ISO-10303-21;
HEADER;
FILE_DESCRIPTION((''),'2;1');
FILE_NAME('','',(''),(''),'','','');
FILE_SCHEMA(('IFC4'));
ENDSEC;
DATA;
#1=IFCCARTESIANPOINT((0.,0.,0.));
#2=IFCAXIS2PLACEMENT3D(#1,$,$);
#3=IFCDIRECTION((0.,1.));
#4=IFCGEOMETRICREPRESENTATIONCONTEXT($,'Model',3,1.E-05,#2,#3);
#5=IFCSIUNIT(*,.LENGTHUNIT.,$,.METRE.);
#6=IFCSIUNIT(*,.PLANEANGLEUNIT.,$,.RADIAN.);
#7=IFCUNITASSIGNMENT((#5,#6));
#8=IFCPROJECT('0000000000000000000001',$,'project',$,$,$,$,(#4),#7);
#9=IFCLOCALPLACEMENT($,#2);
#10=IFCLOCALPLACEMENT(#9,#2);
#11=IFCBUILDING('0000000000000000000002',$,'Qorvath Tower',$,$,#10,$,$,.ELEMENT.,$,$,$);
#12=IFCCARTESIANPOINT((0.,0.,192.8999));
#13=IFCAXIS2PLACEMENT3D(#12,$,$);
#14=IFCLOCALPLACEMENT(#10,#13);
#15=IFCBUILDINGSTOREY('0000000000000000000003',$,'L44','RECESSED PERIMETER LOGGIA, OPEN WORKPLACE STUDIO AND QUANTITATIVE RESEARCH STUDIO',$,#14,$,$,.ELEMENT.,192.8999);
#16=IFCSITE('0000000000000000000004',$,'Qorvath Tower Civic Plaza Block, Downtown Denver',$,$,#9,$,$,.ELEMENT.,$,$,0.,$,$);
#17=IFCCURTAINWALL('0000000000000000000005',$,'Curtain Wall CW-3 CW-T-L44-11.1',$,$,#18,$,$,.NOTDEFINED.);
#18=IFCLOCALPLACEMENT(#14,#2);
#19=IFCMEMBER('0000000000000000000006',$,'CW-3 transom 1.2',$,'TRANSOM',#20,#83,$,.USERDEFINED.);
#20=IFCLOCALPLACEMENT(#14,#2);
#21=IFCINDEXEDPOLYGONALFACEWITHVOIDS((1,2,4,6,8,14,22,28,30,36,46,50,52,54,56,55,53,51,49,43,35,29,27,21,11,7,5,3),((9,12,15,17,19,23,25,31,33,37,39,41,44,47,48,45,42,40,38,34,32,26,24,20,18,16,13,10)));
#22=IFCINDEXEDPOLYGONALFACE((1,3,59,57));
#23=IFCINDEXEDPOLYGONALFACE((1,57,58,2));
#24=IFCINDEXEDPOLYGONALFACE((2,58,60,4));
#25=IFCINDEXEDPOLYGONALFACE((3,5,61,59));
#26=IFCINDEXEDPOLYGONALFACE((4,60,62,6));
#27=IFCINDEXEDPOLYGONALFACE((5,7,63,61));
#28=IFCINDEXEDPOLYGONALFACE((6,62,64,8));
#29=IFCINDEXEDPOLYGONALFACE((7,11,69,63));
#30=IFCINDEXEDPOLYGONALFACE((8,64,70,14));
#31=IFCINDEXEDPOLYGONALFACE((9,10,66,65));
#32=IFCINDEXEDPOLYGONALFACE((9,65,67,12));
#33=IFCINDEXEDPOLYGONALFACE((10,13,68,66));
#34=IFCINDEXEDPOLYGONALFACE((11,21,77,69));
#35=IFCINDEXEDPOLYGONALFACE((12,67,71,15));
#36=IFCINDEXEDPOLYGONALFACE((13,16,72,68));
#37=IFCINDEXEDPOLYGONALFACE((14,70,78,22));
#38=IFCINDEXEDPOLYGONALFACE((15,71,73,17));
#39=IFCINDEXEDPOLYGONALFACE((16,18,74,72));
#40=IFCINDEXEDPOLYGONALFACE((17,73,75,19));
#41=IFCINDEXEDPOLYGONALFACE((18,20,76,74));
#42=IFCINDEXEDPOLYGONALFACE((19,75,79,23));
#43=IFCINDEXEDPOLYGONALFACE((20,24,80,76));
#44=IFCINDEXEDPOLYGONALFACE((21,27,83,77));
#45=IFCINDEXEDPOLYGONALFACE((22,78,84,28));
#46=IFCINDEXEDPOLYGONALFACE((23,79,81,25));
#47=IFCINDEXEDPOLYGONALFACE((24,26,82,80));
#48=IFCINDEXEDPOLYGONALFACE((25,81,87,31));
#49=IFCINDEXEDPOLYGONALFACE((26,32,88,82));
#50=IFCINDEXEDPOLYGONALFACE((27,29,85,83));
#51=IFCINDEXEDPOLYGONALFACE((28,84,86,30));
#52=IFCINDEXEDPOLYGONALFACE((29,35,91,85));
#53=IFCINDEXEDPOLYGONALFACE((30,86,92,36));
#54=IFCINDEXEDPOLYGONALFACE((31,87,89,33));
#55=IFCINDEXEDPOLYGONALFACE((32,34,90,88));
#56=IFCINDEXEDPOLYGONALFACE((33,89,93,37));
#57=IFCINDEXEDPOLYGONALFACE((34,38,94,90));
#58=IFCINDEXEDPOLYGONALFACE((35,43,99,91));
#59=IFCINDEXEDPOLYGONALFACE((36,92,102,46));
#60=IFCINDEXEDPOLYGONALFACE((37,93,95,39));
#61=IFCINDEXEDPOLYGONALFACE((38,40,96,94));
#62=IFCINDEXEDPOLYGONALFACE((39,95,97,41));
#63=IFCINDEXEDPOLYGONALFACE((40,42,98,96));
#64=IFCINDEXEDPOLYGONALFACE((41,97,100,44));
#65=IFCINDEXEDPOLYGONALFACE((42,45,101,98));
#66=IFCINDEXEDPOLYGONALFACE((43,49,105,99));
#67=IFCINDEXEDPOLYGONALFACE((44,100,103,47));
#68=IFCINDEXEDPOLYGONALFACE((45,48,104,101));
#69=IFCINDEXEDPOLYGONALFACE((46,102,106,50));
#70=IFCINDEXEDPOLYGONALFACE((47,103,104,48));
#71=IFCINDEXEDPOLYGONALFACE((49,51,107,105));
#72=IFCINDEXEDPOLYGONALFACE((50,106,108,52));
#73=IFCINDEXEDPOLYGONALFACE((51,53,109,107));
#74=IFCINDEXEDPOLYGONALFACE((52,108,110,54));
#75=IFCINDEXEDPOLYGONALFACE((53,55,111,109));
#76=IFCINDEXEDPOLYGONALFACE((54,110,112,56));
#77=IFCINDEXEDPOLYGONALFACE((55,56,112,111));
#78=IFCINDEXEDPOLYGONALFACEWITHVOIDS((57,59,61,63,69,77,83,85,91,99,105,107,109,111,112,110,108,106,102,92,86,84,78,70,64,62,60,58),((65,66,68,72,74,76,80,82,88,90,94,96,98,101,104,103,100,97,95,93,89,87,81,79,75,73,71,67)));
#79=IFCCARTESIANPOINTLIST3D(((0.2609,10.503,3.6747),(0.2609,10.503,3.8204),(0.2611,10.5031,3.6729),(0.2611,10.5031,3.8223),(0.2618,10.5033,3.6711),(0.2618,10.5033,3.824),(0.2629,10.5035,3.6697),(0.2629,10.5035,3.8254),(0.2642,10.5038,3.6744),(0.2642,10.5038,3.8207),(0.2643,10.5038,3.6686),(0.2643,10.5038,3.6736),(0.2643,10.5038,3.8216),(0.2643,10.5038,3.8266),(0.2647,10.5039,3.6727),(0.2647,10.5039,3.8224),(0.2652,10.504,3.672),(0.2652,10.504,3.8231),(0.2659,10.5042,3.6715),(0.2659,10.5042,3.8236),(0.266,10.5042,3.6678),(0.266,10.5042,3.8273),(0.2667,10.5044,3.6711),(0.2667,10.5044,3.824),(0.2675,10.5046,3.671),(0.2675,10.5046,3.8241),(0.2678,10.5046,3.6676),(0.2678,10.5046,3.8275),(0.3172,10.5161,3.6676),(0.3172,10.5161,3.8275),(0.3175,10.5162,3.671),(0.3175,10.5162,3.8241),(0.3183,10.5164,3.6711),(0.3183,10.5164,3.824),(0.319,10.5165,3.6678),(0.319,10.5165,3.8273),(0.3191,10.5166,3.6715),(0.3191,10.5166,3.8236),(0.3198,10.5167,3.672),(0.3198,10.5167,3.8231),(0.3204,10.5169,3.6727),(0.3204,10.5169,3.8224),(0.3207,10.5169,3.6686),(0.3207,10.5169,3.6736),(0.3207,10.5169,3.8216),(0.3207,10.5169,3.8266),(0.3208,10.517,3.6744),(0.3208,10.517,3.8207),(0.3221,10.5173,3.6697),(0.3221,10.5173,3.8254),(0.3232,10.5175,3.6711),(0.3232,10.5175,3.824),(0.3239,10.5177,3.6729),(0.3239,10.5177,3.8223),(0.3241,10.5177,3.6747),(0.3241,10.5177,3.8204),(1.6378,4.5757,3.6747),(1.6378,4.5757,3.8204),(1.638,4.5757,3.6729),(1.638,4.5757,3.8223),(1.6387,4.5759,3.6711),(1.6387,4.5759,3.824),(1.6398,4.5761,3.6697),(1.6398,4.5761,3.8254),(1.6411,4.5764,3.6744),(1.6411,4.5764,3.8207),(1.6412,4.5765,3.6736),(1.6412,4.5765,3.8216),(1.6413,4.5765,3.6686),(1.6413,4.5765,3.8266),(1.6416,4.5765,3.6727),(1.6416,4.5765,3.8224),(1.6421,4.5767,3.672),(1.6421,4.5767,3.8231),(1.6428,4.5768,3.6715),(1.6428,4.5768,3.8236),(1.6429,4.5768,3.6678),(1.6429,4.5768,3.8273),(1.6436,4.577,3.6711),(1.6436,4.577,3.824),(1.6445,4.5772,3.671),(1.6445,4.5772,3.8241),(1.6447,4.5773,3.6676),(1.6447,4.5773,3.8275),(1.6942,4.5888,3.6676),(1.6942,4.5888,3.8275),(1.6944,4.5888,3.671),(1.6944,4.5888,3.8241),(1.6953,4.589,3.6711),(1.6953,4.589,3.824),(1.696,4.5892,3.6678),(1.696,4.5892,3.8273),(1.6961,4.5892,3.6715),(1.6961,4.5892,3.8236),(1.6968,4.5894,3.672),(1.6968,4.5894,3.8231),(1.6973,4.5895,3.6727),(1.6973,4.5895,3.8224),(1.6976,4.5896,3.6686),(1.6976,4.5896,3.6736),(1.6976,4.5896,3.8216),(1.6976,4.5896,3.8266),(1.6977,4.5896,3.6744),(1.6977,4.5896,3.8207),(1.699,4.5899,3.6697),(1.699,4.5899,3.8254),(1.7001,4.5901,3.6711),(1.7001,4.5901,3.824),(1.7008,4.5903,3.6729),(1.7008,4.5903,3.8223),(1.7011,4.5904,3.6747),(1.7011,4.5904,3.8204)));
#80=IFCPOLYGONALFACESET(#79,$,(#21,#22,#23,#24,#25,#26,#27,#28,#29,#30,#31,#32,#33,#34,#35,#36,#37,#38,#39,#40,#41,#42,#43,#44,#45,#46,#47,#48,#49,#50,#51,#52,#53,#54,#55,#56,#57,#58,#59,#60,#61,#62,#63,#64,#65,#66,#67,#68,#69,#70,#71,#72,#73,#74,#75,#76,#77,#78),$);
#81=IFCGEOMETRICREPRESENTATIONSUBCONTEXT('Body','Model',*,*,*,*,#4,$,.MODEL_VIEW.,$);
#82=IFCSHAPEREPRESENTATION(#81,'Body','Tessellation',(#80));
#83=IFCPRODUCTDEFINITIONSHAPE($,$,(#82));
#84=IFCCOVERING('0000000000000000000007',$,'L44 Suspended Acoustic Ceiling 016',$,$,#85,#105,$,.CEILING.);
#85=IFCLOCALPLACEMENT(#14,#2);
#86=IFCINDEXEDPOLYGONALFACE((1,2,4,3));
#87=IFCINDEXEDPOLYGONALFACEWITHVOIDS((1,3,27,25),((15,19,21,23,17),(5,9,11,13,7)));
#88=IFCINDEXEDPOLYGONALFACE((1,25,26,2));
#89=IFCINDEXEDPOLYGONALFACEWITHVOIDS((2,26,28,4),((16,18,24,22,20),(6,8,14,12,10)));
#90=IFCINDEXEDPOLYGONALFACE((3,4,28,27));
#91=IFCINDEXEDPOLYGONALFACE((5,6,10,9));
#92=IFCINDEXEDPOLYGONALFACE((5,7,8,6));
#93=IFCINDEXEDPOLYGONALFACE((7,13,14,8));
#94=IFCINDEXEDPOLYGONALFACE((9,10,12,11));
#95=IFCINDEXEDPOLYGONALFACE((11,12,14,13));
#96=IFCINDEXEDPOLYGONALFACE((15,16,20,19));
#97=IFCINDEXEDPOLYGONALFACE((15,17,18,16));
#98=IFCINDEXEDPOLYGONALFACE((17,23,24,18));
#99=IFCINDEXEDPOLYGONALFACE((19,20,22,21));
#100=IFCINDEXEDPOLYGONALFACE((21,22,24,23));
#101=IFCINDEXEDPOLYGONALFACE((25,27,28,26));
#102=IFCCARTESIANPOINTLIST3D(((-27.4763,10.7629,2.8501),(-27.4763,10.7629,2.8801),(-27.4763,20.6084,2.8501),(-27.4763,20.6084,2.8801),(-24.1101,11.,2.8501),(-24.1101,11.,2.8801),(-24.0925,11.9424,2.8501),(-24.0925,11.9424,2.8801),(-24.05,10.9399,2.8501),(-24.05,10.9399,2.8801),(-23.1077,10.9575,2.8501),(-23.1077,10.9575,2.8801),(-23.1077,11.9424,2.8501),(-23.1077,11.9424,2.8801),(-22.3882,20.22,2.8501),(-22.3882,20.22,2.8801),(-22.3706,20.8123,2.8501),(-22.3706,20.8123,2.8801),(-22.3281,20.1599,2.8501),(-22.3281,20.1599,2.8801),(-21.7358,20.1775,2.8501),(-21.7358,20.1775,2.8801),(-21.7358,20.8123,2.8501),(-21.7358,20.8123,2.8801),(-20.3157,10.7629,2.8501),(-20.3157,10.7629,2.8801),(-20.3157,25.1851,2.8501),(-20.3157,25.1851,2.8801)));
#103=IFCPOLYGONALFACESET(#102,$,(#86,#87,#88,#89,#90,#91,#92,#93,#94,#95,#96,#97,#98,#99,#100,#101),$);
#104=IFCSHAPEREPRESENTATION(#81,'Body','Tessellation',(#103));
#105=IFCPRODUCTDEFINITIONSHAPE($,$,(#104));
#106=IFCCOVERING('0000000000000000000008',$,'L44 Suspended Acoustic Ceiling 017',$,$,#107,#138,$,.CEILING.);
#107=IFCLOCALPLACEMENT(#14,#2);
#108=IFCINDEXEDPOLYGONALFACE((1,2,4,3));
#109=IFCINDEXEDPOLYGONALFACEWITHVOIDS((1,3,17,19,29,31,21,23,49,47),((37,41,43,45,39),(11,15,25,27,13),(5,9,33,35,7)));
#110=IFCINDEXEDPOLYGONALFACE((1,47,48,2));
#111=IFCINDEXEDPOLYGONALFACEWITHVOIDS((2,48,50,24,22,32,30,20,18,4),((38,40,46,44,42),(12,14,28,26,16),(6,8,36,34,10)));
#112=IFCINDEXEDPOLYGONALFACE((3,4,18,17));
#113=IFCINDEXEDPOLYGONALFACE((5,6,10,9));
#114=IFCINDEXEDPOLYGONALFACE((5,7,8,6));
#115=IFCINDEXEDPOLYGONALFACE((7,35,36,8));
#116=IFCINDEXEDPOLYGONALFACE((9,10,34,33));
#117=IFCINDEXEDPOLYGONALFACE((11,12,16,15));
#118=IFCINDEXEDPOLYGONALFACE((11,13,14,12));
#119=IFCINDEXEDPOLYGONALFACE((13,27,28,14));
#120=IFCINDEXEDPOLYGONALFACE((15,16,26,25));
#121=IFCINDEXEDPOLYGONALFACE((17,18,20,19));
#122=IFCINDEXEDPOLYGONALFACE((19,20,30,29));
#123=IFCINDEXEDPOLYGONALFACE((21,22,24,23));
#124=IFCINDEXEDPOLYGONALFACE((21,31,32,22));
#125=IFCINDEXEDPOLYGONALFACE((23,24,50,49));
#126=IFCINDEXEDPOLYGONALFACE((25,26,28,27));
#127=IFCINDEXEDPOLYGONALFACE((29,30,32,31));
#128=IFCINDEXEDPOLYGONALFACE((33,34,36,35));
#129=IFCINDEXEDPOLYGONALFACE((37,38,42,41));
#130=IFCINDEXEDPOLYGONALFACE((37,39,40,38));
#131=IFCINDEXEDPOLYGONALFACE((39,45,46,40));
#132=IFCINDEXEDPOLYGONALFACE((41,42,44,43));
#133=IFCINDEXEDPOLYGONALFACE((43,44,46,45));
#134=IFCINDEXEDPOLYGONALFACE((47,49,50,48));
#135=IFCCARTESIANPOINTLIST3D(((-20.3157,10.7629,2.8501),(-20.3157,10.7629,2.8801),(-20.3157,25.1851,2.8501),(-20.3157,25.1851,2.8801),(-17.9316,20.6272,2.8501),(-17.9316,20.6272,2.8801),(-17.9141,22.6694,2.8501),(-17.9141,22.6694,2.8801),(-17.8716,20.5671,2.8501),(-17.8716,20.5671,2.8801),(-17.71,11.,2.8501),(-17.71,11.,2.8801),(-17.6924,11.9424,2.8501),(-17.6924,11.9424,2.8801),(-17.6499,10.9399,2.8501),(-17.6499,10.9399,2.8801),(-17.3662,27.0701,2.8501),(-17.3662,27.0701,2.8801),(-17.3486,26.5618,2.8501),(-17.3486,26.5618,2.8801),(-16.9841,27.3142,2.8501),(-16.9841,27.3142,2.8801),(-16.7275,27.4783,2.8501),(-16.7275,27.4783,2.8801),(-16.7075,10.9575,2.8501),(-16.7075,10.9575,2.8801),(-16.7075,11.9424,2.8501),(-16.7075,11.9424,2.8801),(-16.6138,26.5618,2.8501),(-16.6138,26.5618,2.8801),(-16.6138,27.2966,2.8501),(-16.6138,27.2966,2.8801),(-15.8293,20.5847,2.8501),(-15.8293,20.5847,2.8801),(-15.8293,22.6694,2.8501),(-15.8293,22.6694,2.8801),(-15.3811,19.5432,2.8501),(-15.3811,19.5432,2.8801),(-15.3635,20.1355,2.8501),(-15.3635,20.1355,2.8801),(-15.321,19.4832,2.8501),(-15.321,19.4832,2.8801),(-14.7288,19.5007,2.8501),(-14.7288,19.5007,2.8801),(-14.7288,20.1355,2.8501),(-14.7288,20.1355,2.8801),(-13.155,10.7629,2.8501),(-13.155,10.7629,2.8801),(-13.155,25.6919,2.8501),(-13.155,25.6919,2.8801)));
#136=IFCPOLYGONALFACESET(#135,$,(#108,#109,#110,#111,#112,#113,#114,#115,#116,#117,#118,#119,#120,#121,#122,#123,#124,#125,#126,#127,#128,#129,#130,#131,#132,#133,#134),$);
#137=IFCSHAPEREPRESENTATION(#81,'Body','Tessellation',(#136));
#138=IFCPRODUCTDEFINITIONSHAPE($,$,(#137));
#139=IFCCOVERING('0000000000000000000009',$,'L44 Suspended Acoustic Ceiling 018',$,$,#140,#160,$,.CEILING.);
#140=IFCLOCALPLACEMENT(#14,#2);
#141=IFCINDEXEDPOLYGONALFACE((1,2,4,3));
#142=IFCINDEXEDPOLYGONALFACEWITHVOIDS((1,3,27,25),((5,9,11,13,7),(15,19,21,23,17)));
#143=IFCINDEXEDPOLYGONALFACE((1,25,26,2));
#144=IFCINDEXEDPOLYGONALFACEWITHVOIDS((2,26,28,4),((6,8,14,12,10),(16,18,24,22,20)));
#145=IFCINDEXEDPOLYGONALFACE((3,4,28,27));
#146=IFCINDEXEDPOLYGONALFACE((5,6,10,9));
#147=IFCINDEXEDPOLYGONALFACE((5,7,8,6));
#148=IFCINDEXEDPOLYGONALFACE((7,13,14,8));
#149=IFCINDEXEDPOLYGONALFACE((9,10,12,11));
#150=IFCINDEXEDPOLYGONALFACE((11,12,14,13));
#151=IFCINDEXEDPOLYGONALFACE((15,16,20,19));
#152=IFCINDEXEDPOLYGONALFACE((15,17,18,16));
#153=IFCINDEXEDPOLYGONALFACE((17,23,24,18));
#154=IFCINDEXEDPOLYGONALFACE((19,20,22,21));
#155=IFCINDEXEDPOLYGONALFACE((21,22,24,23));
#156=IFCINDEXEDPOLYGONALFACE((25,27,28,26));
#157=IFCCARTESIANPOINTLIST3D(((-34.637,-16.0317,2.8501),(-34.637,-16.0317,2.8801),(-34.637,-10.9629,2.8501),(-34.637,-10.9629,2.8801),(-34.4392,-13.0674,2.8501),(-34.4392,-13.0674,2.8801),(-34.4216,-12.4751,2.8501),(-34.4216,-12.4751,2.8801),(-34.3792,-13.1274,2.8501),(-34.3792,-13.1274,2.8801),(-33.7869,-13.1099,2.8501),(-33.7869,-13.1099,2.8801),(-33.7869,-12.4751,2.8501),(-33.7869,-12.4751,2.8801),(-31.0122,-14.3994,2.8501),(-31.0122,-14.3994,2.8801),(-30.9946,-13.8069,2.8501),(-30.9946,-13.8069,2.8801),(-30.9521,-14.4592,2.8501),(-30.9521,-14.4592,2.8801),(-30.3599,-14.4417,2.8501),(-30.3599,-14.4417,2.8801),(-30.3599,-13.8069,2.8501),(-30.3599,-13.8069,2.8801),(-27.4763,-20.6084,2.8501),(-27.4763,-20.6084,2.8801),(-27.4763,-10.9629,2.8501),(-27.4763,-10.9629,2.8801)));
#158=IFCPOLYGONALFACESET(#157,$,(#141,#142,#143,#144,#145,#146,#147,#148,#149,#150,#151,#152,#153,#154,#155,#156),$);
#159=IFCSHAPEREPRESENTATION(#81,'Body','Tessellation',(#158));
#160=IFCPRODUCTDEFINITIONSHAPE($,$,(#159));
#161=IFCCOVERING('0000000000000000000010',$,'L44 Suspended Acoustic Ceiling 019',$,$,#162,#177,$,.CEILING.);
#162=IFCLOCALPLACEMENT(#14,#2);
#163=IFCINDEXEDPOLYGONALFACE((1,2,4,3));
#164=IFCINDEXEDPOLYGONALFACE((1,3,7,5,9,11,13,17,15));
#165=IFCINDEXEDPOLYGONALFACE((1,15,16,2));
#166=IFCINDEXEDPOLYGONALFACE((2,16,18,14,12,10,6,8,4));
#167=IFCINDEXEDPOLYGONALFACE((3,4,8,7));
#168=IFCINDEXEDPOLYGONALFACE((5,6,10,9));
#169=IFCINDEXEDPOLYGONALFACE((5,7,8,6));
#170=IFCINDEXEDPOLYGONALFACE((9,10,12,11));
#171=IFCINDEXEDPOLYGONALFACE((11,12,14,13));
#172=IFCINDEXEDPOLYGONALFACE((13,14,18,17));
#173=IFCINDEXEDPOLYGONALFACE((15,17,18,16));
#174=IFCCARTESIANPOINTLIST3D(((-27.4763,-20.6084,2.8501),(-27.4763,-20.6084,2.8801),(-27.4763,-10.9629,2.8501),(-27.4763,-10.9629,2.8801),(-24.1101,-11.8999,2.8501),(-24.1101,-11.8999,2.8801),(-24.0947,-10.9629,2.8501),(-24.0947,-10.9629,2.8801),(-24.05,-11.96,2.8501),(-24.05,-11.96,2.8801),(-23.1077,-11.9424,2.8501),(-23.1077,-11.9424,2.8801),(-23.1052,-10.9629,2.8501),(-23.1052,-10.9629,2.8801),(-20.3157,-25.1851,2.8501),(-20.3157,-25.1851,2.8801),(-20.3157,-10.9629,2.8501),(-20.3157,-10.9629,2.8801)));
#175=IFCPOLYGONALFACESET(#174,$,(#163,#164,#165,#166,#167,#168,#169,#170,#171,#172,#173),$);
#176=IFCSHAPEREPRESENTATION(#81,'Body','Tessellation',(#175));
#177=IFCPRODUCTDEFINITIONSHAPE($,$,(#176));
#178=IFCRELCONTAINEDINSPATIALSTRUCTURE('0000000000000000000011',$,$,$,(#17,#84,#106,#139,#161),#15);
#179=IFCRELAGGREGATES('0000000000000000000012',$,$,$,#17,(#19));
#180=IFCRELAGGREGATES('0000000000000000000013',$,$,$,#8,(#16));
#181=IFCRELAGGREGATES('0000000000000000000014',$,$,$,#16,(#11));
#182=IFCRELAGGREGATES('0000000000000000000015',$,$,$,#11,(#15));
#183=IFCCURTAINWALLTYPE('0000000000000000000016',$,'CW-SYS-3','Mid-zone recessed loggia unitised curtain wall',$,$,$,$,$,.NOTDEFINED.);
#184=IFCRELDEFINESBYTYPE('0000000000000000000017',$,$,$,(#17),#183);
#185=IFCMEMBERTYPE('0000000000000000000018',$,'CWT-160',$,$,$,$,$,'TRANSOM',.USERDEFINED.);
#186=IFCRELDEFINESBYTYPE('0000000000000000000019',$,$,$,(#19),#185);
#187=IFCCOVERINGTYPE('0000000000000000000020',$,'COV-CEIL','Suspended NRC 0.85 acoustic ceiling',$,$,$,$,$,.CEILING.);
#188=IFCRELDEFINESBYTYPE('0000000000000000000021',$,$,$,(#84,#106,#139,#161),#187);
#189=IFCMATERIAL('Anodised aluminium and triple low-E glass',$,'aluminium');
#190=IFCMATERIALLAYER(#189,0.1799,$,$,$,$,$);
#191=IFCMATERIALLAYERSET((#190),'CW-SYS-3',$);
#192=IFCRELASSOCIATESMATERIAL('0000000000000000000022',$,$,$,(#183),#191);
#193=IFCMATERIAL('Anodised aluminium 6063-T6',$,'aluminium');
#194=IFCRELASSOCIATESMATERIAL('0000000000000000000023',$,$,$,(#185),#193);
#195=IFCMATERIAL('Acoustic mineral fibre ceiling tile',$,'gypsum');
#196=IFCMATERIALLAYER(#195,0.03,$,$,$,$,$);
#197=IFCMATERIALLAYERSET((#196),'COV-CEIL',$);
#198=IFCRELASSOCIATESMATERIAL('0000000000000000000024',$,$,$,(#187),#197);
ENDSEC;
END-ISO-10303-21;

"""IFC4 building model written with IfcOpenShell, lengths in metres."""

from ifc_helpers import new_model, si_unit, direction, frame, origin, origin_2d, place, context, subcontext, project, spatial, polyline, hollow_rectangle, outline, extrude, material, layer, layer_set, material_profile, profile_set, type_object, element, aggregate, save


model = new_model("IFC4")

# Units and contexts
model_context = context("Model", 3, precision=1e-05, world=origin(), true_north=direction((0.0, 1.0)))
body_context = subcontext(model_context, "Body", "Model", "MODEL_VIEW")
ifc_project = project(units=[si_unit("LENGTHUNIT", "METRE"), si_unit("PLANEANGLEUNIT", "RADIAN")], contexts=[model_context])

# Site, building, storey
site_placement = place(None, origin())
site = spatial("IfcSite", under=ifc_project, at=site_placement, Name="Qorvath Tower Civic Plaza Block, Downtown Denver", CompositionType="ELEMENT", RefElevation=0.0)
building_placement = place(site_placement, origin())
building = spatial("IfcBuilding", under=site, at=building_placement, Name="Qorvath Tower", CompositionType="ELEMENT")
storey_placement = place(building_placement, frame((0.0, 0.0, 192.8999)))
storey = spatial("IfcBuildingStorey", under=building, at=storey_placement, Name="L44", Description="RECESSED PERIMETER LOGGIA, OPEN WORKPLACE STUDIO AND QUANTITATIVE RESEARCH STUDIO", CompositionType="ELEMENT", Elevation=192.8999)

# Curtain wall, member
ifc_material_1 = material(Name="Anodised aluminium and triple low-E glass", Category="aluminium")
ifc_layer_1 = layer(ifc_material_1, 0.1799)
ifc_layer_set_1 = layer_set([ifc_layer_1], Name="CW-SYS-3")
curtain_wall_type = type_object("IfcCurtainWallType", Name="CW-SYS-3", Description="Mid-zone recessed loggia unitised curtain wall", PredefinedType="NOTDEFINED", material=ifc_layer_set_1)
curtain_wall_placement = place(storey_placement, origin())
curtain_wall = element("IfcCurtainWall", 1, at=curtain_wall_placement, inside=storey, type_object=curtain_wall_type, Name="Curtain Wall CW-3 CW-T-L44-11.1", PredefinedType="NOTDEFINED")
ifc_material_2 = material(Name="Anodised aluminium 6063-T6", Category="aluminium")
ifc_material_profile_1 = material_profile(ifc_material_2, hollow_rectangle(XDim=0.0649, YDim=0.1599, WallThickness=0.0034, InnerFilletRadius=0.0034, OuterFilletRadius=0.0071, at=origin_2d()), Name="CWT 160x65")
ifc_profile_set_1 = profile_set([ifc_material_profile_1], Name="Anodised aluminium 6063-T6")
member_type_1 = type_object("IfcMemberType", Name="CWT-160", ElementType="TRANSOM", PredefinedType="USERDEFINED", material=ifc_profile_set_1)
member_1_placement = place(storey_placement, frame((1.6694, 4.583, 3.7476), z_axis=(-0.226274, 0.974064, 0.0), x_axis=(-0.974064, -0.226274, 0.0)))
member_1 = element("IfcMember", 2, at=member_1_placement, type_object=member_type_1, Name="CW-3 transom 1.2", ObjectType="TRANSOM", PredefinedType="USERDEFINED", context=body_context, shape_type="SweptSolid", body=[
    extrude(hollow_rectangle(XDim=0.0649, YDim=0.1599, WallThickness=0.0034, InnerFilletRadius=0.0034, OuterFilletRadius=0.0071, at=origin_2d()), origin(), (0.0, 0.0, 1.0), 6.0852),
])
aggregate(curtain_wall, [member_1])

# Coverings
ifc_material_3 = material(Name="Acoustic mineral fibre ceiling tile", Category="gypsum")
ifc_layer_2 = layer(ifc_material_3, 0.03)
ifc_layer_set_2 = layer_set([ifc_layer_2], Name="COV-CEIL")
covering_type_1 = type_object("IfcCoveringType", Name="COV-CEIL", Description="Suspended NRC 0.85 acoustic ceiling", PredefinedType="CEILING", material=ifc_layer_set_2)
covering_1_placement = place(storey_placement, frame((0.0, 0.0, 2.8501)))
element("IfcCovering", 3, at=covering_1_placement, inside=storey, type_object=covering_type_1, Name="L44 Suspended Acoustic Ceiling 016", PredefinedType="CEILING", context=body_context, shape_type="SweptSolid", body=[
    extrude(outline(polyline([(-20.3157, 10.7629), (-20.3157, 25.1851), (-27.4763, 20.6084), (-27.4763, 10.7629), (-20.3157, 10.7629)]), holes=[polyline([(-22.3882, 20.22), (-22.3706, 20.8123), (-21.7358, 20.8123), (-21.7358, 20.1775), (-22.3281, 20.1599), (-22.3882, 20.22)]), polyline([(-24.1101, 11.0), (-24.0925, 11.9424), (-23.1077, 11.9424), (-23.1077, 10.9575), (-24.05, 10.9399), (-24.1101, 11.0)])]), origin(), (0.0, 0.0, 1.0), 0.03),
])
covering_2_placement = place(storey_placement, frame((0.0, 0.0, 2.8501)))
element("IfcCovering", 4, at=covering_2_placement, inside=storey, type_object=covering_type_1, Name="L44 Suspended Acoustic Ceiling 017", PredefinedType="CEILING", context=body_context, shape_type="SweptSolid", body=[
    extrude(outline(polyline([(-13.155, 25.6919), (-16.7275, 27.4783), (-16.9841, 27.3142), (-16.6138, 27.2966), (-16.6138, 26.5618), (-17.3486, 26.5618), (-17.3662, 27.0701), (-20.3157, 25.1851), (-20.3157, 10.7629), (-13.155, 10.7629), (-13.155, 25.6919)]), holes=[polyline([(-15.3811, 19.5432), (-15.3635, 20.1355), (-14.7288, 20.1355), (-14.7288, 19.5007), (-15.321, 19.4832), (-15.3811, 19.5432)]), polyline([(-17.9316, 20.6272), (-17.9141, 22.6694), (-15.8293, 22.6694), (-15.8293, 20.5847), (-17.8716, 20.5671), (-17.9316, 20.6272)]), polyline([(-17.71, 11.0), (-17.6924, 11.9424), (-16.7075, 11.9424), (-16.7075, 10.9575), (-17.6499, 10.9399), (-17.71, 11.0)])]), origin(), (0.0, 0.0, 1.0), 0.03),
])
covering_3_placement = place(storey_placement, frame((0.0, 0.0, 2.8501)))
element("IfcCovering", 5, at=covering_3_placement, inside=storey, type_object=covering_type_1, Name="L44 Suspended Acoustic Ceiling 018", PredefinedType="CEILING", context=body_context, shape_type="SweptSolid", body=[
    extrude(outline(polyline([(-27.4763, -20.6084), (-27.4763, -10.9629), (-34.637, -10.9629), (-34.637, -16.0317), (-27.4763, -20.6084)]), holes=[polyline([(-31.0122, -14.3994), (-30.9946, -13.8069), (-30.3599, -13.8069), (-30.3599, -14.4417), (-30.9521, -14.4592), (-31.0122, -14.3994)]), polyline([(-34.4392, -13.0674), (-34.4216, -12.4751), (-33.7869, -12.4751), (-33.7869, -13.1099), (-34.3792, -13.1274), (-34.4392, -13.0674)])]), origin(), (0.0, 0.0, 1.0), 0.03),
])
covering_4_placement = place(storey_placement, frame((0.0, 0.0, 2.8501)))
element("IfcCovering", 6, at=covering_4_placement, inside=storey, type_object=covering_type_1, Name="L44 Suspended Acoustic Ceiling 019", PredefinedType="CEILING", context=body_context, shape_type="SweptSolid", body=[
    extrude(outline(polyline([(-24.0947, -10.9629), (-27.4763, -10.9629), (-27.4763, -20.6084), (-20.3157, -25.1851), (-20.3157, -10.9629), (-23.1052, -10.9629), (-23.1077, -11.9424), (-24.05, -11.96), (-24.1101, -11.8999), (-24.0947, -10.9629)])), origin(), (0.0, 0.0, 1.0), 0.03),
])

save(model, "model.ifc")
